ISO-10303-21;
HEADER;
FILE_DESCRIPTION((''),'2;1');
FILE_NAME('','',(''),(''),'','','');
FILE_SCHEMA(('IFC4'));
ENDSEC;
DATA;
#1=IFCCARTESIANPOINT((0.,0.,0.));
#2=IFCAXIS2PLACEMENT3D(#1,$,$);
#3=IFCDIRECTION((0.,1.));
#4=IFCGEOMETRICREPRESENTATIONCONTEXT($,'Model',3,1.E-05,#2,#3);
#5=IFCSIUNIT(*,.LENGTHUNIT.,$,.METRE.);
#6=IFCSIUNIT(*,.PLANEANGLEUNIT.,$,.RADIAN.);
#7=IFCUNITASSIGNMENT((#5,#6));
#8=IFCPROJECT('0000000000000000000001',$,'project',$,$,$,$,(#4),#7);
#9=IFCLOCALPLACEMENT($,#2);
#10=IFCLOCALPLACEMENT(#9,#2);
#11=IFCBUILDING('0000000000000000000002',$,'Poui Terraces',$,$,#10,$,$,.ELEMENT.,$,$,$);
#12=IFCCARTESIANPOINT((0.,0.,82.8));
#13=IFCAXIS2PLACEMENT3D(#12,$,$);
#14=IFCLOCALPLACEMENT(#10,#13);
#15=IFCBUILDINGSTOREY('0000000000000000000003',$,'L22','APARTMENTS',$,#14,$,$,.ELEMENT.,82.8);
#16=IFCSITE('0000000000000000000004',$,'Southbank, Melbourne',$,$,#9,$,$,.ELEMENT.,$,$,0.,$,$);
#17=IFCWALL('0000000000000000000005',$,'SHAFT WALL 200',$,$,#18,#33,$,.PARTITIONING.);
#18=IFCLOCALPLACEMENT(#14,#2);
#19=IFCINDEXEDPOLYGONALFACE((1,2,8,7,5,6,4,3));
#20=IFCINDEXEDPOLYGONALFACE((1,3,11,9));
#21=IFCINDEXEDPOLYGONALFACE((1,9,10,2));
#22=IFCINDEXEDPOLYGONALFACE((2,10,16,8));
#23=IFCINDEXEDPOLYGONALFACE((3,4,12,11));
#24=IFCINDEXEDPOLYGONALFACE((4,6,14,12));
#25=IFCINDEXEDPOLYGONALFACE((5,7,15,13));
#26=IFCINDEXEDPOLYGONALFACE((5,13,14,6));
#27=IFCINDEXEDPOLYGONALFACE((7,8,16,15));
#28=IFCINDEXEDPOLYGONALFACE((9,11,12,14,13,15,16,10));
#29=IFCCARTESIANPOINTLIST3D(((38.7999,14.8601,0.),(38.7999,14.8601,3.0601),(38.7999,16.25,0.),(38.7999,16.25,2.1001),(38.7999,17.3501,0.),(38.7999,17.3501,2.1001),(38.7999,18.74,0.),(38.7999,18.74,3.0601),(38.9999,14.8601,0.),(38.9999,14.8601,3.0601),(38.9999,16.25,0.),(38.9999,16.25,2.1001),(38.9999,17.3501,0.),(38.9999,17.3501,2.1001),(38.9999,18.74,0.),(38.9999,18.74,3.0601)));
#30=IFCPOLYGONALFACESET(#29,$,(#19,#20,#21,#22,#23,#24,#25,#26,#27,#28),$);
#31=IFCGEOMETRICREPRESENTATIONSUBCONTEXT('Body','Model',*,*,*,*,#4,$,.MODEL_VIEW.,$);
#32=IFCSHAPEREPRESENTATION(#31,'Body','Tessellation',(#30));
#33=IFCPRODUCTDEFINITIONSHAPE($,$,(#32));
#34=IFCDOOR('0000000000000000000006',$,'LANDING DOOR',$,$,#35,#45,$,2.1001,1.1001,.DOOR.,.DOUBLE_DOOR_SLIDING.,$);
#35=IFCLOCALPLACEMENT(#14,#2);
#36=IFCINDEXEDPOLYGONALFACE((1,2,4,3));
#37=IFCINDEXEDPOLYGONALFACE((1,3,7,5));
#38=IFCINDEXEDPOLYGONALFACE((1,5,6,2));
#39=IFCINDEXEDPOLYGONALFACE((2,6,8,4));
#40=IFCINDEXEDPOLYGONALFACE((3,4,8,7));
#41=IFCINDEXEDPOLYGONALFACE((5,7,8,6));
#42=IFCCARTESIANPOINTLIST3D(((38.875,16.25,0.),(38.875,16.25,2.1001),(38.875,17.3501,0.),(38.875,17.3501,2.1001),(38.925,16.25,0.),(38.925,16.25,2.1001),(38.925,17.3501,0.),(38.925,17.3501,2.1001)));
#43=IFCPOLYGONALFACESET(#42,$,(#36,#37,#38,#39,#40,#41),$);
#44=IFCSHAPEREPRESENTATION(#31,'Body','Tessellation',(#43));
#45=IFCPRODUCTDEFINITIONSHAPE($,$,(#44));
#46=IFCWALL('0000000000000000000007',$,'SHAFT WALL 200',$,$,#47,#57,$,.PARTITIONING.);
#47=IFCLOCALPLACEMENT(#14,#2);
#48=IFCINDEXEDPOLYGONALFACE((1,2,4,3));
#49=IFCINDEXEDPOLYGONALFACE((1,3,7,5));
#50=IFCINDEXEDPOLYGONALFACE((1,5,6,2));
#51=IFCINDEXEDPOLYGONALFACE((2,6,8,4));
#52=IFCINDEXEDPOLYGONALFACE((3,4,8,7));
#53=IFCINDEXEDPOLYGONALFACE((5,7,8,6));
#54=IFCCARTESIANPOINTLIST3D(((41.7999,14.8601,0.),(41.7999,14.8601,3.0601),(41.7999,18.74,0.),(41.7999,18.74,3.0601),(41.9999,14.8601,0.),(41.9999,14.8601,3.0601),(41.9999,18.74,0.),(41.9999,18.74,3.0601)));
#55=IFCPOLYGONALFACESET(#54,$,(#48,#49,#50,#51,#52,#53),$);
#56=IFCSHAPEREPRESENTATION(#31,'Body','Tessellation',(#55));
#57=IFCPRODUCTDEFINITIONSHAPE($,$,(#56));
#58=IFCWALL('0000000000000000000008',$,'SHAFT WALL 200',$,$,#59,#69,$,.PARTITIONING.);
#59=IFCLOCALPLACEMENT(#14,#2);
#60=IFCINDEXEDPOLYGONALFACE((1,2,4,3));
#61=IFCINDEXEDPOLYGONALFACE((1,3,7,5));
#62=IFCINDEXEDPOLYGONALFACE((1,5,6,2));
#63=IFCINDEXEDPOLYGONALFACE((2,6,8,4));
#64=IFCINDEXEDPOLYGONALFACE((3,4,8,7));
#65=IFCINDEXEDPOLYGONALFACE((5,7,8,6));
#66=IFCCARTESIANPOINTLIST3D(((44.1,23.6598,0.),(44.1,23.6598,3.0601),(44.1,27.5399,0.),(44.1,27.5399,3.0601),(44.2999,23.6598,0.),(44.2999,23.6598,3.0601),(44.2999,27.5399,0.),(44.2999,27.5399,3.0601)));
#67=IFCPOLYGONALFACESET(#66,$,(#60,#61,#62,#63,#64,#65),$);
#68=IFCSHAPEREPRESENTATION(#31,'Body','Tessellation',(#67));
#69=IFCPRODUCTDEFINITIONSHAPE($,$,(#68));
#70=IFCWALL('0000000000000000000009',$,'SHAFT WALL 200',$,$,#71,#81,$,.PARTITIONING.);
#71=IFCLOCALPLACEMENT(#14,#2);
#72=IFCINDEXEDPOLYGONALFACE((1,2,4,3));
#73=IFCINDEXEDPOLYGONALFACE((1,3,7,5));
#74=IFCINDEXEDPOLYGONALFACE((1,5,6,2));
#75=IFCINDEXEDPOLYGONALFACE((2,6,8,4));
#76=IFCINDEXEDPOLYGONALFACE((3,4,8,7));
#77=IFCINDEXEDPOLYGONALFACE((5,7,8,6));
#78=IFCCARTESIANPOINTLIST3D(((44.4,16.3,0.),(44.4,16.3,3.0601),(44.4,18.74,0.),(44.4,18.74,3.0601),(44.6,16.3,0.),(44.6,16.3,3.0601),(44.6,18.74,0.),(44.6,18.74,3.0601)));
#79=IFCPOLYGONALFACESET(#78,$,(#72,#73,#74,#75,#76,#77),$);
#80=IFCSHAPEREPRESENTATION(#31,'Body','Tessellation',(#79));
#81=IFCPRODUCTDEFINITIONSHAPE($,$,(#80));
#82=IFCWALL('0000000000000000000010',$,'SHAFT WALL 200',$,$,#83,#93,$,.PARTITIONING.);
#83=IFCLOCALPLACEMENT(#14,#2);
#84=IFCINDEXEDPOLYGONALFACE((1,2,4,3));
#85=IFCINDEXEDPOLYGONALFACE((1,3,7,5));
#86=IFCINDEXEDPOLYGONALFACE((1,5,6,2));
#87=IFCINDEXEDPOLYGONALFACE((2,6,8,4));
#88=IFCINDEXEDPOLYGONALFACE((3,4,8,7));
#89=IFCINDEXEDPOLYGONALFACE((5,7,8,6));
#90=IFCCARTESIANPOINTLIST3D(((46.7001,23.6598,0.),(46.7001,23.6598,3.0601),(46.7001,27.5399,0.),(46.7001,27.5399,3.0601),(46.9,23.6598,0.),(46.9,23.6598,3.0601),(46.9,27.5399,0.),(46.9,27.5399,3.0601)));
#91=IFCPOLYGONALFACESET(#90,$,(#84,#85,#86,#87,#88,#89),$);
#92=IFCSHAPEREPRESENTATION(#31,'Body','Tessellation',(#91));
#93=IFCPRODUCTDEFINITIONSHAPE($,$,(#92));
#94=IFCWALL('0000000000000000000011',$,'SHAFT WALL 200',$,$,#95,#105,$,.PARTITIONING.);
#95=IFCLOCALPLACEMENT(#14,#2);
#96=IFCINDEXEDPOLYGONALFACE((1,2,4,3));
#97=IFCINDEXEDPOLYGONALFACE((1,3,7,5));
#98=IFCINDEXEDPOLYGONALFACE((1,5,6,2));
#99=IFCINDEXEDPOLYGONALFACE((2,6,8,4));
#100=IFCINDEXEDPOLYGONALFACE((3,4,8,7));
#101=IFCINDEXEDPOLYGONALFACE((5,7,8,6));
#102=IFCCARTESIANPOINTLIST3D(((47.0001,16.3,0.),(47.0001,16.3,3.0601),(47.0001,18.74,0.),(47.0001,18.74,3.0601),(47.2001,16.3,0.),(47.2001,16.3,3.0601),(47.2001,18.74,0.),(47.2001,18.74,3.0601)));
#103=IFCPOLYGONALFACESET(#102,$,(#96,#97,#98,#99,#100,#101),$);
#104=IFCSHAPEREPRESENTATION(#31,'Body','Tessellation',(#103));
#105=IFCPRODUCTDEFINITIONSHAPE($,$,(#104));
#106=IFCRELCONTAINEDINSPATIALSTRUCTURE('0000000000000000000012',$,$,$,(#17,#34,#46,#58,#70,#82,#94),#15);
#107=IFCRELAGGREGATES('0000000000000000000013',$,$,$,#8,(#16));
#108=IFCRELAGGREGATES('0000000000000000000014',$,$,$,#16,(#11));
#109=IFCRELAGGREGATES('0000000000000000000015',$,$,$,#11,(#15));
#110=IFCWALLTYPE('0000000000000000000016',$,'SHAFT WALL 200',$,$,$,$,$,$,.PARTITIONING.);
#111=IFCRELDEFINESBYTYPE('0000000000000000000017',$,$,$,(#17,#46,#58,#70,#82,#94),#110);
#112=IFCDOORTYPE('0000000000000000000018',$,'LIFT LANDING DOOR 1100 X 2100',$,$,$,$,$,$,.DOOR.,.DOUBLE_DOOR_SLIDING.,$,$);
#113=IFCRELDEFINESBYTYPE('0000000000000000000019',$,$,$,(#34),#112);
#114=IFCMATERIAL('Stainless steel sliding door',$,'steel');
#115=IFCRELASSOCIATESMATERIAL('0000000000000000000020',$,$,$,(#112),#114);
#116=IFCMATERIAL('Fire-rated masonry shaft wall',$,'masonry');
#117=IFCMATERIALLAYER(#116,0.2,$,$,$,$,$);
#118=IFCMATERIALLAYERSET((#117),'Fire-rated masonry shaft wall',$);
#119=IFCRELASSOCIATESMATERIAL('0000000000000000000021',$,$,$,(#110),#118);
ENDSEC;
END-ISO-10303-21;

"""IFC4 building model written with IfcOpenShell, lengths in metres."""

from ifc_helpers import new_model, si_unit, direction, frame, frame_2d, origin, place, context, subcontext, project, spatial, rectangle, extrude, material, layer, layer_set, type_object, element, fill, save


model = new_model("IFC4")

# Units and contexts
model_context = context("Model", 3, precision=1e-05, world=origin(), true_north=direction((0.0, 1.0)))
body_context = subcontext(model_context, "Body", "Model", "MODEL_VIEW")
ifc_project = project(units=[si_unit("LENGTHUNIT", "METRE"), si_unit("PLANEANGLEUNIT", "RADIAN")], contexts=[model_context])

# Site, building, storey
site_placement = place(None, origin())
site = spatial("IfcSite", under=ifc_project, at=site_placement, Name="Southbank, Melbourne", CompositionType="ELEMENT", RefElevation=0.0)
building_placement = place(site_placement, origin())
building = spatial("IfcBuilding", under=site, at=building_placement, Name="Poui Terraces", CompositionType="ELEMENT")
storey_placement = place(building_placement, frame((0.0, 0.0, 82.8)))
storey = spatial("IfcBuildingStorey", under=building, at=storey_placement, Name="L22", Description="APARTMENTS", CompositionType="ELEMENT", Elevation=82.8)

# Shared definitions
ifc_material_1 = material(Name="Stainless steel sliding door", Category="steel")
door_type_1 = type_object("IfcDoorType", Name="LIFT LANDING DOOR 1100 X 2100", OperationType="DOUBLE_DOOR_SLIDING", PredefinedType="DOOR", material=ifc_material_1)

# Shared definitions
ifc_material_2 = material(Name="Fire-rated masonry shaft wall", Category="masonry")
ifc_layer_1 = layer(ifc_material_2, 0.2)
ifc_layer_set_1 = layer_set([ifc_layer_1], Name="Fire-rated masonry shaft wall")
wall_type_1 = type_object("IfcWallType", Name="SHAFT WALL 200", PredefinedType="PARTITIONING", material=ifc_layer_set_1)

# Wall, opening, door
wall_1_placement = place(storey_placement, frame((38.8999, 14.8601, 0.0), z_axis=(0.0, 0.0, 1.0), x_axis=(0.0, 1.0, 0.0)))
wall_1 = element("IfcWall", 1, at=wall_1_placement, inside=storey, type_object=wall_type_1, Name="SHAFT WALL 200", PredefinedType="PARTITIONING", context=body_context, shape_type="SweptSolid", body=[
    extrude(rectangle(XDim=3.8799, YDim=0.2, at=frame_2d((1.9399, 0.0))), origin(), (0.0, 0.0, 1.0), 3.0601),
])
opening_1_placement = place(wall_1_placement, frame((1.3899, 0.0, 0.0)))
opening_1 = element("IfcOpeningElement", 2, at=opening_1_placement, cuts=wall_1, PredefinedType="OPENING", context=body_context, shape_type="SweptSolid", body=[
    extrude(rectangle(XDim=1.1001, YDim=2.1001, at=frame_2d((0.55, 1.05))), frame((0.0, 0.1099, 0.0), z_axis=(0.0, -1.0, 0.0), x_axis=(1.0, 0.0, 0.0)), (0.0, 0.0, 1.0), 0.22),
])
door_1_placement = place(opening_1_placement, origin())
door_1 = element("IfcDoor", 3, at=door_1_placement, inside=storey, type_object=door_type_1, Name="LANDING DOOR", OperationType="DOUBLE_DOOR_SLIDING", OverallHeight=2.1001, OverallWidth=1.1001, PredefinedType="DOOR", context=body_context, shape_type="SweptSolid", body=[
    extrude(rectangle(XDim=1.1001, YDim=2.1001, at=frame_2d((0.55, 1.05))), frame((0.0, 0.0249, 0.0), z_axis=(0.0, -1.0, 0.0), x_axis=(1.0, 0.0, 0.0)), (0.0, 0.0, 1.0), 0.05),
])
fill(opening_1, door_1)

# Walls
wall_2_placement = place(storey_placement, frame((41.8999, 14.8601, 0.0), z_axis=(0.0, 0.0, 1.0), x_axis=(0.0, 1.0, 0.0)))
element("IfcWall", 4, at=wall_2_placement, inside=storey, type_object=wall_type_1, Name="SHAFT WALL 200", PredefinedType="PARTITIONING", context=body_context, shape_type="SweptSolid", body=[
    extrude(rectangle(XDim=3.8799, YDim=0.2, at=frame_2d((1.9399, 0.0))), origin(), (0.0, 0.0, 1.0), 3.0601),
])
wall_3_placement = place(storey_placement, frame((44.2, 23.6599, 0.0), z_axis=(0.0, 0.0, 1.0), x_axis=(0.0, 1.0, 0.0)))
element("IfcWall", 5, at=wall_3_placement, inside=storey, type_object=wall_type_1, Name="SHAFT WALL 200", PredefinedType="PARTITIONING", context=body_context, shape_type="SweptSolid", body=[
    extrude(rectangle(XDim=3.8801, YDim=0.2, at=frame_2d((1.9399, 0.0))), origin(), (0.0, 0.0, 1.0), 3.0601),
])
wall_4_placement = place(storey_placement, frame((44.5, 16.3, 0.0), z_axis=(0.0, 0.0, 1.0), x_axis=(0.0, 1.0, 0.0)))
element("IfcWall", 6, at=wall_4_placement, inside=storey, type_object=wall_type_1, Name="SHAFT WALL 200", PredefinedType="PARTITIONING", context=body_context, shape_type="SweptSolid", body=[
    extrude(rectangle(XDim=2.4399, YDim=0.2, at=frame_2d((1.22, 0.0))), origin(), (0.0, 0.0, 1.0), 3.0601),
])
wall_5_placement = place(storey_placement, frame((46.8, 23.6599, 0.0), z_axis=(0.0, 0.0, 1.0), x_axis=(0.0, 1.0, 0.0)))
element("IfcWall", 7, at=wall_5_placement, inside=storey, type_object=wall_type_1, Name="SHAFT WALL 200", PredefinedType="PARTITIONING", context=body_context, shape_type="SweptSolid", body=[
    extrude(rectangle(XDim=3.8801, YDim=0.2, at=frame_2d((1.9399, 0.0))), origin(), (0.0, 0.0, 1.0), 3.0601),
])
wall_6_placement = place(storey_placement, frame((47.1001, 16.3, 0.0), z_axis=(0.0, 0.0, 1.0), x_axis=(0.0, 1.0, 0.0)))
element("IfcWall", 8, at=wall_6_placement, inside=storey, type_object=wall_type_1, Name="SHAFT WALL 200", PredefinedType="PARTITIONING", context=body_context, shape_type="SweptSolid", body=[
    extrude(rectangle(XDim=2.4399, YDim=0.2, at=frame_2d((1.22, 0.0))), origin(), (0.0, 0.0, 1.0), 3.0601),
])

save(model, "model.ifc")
